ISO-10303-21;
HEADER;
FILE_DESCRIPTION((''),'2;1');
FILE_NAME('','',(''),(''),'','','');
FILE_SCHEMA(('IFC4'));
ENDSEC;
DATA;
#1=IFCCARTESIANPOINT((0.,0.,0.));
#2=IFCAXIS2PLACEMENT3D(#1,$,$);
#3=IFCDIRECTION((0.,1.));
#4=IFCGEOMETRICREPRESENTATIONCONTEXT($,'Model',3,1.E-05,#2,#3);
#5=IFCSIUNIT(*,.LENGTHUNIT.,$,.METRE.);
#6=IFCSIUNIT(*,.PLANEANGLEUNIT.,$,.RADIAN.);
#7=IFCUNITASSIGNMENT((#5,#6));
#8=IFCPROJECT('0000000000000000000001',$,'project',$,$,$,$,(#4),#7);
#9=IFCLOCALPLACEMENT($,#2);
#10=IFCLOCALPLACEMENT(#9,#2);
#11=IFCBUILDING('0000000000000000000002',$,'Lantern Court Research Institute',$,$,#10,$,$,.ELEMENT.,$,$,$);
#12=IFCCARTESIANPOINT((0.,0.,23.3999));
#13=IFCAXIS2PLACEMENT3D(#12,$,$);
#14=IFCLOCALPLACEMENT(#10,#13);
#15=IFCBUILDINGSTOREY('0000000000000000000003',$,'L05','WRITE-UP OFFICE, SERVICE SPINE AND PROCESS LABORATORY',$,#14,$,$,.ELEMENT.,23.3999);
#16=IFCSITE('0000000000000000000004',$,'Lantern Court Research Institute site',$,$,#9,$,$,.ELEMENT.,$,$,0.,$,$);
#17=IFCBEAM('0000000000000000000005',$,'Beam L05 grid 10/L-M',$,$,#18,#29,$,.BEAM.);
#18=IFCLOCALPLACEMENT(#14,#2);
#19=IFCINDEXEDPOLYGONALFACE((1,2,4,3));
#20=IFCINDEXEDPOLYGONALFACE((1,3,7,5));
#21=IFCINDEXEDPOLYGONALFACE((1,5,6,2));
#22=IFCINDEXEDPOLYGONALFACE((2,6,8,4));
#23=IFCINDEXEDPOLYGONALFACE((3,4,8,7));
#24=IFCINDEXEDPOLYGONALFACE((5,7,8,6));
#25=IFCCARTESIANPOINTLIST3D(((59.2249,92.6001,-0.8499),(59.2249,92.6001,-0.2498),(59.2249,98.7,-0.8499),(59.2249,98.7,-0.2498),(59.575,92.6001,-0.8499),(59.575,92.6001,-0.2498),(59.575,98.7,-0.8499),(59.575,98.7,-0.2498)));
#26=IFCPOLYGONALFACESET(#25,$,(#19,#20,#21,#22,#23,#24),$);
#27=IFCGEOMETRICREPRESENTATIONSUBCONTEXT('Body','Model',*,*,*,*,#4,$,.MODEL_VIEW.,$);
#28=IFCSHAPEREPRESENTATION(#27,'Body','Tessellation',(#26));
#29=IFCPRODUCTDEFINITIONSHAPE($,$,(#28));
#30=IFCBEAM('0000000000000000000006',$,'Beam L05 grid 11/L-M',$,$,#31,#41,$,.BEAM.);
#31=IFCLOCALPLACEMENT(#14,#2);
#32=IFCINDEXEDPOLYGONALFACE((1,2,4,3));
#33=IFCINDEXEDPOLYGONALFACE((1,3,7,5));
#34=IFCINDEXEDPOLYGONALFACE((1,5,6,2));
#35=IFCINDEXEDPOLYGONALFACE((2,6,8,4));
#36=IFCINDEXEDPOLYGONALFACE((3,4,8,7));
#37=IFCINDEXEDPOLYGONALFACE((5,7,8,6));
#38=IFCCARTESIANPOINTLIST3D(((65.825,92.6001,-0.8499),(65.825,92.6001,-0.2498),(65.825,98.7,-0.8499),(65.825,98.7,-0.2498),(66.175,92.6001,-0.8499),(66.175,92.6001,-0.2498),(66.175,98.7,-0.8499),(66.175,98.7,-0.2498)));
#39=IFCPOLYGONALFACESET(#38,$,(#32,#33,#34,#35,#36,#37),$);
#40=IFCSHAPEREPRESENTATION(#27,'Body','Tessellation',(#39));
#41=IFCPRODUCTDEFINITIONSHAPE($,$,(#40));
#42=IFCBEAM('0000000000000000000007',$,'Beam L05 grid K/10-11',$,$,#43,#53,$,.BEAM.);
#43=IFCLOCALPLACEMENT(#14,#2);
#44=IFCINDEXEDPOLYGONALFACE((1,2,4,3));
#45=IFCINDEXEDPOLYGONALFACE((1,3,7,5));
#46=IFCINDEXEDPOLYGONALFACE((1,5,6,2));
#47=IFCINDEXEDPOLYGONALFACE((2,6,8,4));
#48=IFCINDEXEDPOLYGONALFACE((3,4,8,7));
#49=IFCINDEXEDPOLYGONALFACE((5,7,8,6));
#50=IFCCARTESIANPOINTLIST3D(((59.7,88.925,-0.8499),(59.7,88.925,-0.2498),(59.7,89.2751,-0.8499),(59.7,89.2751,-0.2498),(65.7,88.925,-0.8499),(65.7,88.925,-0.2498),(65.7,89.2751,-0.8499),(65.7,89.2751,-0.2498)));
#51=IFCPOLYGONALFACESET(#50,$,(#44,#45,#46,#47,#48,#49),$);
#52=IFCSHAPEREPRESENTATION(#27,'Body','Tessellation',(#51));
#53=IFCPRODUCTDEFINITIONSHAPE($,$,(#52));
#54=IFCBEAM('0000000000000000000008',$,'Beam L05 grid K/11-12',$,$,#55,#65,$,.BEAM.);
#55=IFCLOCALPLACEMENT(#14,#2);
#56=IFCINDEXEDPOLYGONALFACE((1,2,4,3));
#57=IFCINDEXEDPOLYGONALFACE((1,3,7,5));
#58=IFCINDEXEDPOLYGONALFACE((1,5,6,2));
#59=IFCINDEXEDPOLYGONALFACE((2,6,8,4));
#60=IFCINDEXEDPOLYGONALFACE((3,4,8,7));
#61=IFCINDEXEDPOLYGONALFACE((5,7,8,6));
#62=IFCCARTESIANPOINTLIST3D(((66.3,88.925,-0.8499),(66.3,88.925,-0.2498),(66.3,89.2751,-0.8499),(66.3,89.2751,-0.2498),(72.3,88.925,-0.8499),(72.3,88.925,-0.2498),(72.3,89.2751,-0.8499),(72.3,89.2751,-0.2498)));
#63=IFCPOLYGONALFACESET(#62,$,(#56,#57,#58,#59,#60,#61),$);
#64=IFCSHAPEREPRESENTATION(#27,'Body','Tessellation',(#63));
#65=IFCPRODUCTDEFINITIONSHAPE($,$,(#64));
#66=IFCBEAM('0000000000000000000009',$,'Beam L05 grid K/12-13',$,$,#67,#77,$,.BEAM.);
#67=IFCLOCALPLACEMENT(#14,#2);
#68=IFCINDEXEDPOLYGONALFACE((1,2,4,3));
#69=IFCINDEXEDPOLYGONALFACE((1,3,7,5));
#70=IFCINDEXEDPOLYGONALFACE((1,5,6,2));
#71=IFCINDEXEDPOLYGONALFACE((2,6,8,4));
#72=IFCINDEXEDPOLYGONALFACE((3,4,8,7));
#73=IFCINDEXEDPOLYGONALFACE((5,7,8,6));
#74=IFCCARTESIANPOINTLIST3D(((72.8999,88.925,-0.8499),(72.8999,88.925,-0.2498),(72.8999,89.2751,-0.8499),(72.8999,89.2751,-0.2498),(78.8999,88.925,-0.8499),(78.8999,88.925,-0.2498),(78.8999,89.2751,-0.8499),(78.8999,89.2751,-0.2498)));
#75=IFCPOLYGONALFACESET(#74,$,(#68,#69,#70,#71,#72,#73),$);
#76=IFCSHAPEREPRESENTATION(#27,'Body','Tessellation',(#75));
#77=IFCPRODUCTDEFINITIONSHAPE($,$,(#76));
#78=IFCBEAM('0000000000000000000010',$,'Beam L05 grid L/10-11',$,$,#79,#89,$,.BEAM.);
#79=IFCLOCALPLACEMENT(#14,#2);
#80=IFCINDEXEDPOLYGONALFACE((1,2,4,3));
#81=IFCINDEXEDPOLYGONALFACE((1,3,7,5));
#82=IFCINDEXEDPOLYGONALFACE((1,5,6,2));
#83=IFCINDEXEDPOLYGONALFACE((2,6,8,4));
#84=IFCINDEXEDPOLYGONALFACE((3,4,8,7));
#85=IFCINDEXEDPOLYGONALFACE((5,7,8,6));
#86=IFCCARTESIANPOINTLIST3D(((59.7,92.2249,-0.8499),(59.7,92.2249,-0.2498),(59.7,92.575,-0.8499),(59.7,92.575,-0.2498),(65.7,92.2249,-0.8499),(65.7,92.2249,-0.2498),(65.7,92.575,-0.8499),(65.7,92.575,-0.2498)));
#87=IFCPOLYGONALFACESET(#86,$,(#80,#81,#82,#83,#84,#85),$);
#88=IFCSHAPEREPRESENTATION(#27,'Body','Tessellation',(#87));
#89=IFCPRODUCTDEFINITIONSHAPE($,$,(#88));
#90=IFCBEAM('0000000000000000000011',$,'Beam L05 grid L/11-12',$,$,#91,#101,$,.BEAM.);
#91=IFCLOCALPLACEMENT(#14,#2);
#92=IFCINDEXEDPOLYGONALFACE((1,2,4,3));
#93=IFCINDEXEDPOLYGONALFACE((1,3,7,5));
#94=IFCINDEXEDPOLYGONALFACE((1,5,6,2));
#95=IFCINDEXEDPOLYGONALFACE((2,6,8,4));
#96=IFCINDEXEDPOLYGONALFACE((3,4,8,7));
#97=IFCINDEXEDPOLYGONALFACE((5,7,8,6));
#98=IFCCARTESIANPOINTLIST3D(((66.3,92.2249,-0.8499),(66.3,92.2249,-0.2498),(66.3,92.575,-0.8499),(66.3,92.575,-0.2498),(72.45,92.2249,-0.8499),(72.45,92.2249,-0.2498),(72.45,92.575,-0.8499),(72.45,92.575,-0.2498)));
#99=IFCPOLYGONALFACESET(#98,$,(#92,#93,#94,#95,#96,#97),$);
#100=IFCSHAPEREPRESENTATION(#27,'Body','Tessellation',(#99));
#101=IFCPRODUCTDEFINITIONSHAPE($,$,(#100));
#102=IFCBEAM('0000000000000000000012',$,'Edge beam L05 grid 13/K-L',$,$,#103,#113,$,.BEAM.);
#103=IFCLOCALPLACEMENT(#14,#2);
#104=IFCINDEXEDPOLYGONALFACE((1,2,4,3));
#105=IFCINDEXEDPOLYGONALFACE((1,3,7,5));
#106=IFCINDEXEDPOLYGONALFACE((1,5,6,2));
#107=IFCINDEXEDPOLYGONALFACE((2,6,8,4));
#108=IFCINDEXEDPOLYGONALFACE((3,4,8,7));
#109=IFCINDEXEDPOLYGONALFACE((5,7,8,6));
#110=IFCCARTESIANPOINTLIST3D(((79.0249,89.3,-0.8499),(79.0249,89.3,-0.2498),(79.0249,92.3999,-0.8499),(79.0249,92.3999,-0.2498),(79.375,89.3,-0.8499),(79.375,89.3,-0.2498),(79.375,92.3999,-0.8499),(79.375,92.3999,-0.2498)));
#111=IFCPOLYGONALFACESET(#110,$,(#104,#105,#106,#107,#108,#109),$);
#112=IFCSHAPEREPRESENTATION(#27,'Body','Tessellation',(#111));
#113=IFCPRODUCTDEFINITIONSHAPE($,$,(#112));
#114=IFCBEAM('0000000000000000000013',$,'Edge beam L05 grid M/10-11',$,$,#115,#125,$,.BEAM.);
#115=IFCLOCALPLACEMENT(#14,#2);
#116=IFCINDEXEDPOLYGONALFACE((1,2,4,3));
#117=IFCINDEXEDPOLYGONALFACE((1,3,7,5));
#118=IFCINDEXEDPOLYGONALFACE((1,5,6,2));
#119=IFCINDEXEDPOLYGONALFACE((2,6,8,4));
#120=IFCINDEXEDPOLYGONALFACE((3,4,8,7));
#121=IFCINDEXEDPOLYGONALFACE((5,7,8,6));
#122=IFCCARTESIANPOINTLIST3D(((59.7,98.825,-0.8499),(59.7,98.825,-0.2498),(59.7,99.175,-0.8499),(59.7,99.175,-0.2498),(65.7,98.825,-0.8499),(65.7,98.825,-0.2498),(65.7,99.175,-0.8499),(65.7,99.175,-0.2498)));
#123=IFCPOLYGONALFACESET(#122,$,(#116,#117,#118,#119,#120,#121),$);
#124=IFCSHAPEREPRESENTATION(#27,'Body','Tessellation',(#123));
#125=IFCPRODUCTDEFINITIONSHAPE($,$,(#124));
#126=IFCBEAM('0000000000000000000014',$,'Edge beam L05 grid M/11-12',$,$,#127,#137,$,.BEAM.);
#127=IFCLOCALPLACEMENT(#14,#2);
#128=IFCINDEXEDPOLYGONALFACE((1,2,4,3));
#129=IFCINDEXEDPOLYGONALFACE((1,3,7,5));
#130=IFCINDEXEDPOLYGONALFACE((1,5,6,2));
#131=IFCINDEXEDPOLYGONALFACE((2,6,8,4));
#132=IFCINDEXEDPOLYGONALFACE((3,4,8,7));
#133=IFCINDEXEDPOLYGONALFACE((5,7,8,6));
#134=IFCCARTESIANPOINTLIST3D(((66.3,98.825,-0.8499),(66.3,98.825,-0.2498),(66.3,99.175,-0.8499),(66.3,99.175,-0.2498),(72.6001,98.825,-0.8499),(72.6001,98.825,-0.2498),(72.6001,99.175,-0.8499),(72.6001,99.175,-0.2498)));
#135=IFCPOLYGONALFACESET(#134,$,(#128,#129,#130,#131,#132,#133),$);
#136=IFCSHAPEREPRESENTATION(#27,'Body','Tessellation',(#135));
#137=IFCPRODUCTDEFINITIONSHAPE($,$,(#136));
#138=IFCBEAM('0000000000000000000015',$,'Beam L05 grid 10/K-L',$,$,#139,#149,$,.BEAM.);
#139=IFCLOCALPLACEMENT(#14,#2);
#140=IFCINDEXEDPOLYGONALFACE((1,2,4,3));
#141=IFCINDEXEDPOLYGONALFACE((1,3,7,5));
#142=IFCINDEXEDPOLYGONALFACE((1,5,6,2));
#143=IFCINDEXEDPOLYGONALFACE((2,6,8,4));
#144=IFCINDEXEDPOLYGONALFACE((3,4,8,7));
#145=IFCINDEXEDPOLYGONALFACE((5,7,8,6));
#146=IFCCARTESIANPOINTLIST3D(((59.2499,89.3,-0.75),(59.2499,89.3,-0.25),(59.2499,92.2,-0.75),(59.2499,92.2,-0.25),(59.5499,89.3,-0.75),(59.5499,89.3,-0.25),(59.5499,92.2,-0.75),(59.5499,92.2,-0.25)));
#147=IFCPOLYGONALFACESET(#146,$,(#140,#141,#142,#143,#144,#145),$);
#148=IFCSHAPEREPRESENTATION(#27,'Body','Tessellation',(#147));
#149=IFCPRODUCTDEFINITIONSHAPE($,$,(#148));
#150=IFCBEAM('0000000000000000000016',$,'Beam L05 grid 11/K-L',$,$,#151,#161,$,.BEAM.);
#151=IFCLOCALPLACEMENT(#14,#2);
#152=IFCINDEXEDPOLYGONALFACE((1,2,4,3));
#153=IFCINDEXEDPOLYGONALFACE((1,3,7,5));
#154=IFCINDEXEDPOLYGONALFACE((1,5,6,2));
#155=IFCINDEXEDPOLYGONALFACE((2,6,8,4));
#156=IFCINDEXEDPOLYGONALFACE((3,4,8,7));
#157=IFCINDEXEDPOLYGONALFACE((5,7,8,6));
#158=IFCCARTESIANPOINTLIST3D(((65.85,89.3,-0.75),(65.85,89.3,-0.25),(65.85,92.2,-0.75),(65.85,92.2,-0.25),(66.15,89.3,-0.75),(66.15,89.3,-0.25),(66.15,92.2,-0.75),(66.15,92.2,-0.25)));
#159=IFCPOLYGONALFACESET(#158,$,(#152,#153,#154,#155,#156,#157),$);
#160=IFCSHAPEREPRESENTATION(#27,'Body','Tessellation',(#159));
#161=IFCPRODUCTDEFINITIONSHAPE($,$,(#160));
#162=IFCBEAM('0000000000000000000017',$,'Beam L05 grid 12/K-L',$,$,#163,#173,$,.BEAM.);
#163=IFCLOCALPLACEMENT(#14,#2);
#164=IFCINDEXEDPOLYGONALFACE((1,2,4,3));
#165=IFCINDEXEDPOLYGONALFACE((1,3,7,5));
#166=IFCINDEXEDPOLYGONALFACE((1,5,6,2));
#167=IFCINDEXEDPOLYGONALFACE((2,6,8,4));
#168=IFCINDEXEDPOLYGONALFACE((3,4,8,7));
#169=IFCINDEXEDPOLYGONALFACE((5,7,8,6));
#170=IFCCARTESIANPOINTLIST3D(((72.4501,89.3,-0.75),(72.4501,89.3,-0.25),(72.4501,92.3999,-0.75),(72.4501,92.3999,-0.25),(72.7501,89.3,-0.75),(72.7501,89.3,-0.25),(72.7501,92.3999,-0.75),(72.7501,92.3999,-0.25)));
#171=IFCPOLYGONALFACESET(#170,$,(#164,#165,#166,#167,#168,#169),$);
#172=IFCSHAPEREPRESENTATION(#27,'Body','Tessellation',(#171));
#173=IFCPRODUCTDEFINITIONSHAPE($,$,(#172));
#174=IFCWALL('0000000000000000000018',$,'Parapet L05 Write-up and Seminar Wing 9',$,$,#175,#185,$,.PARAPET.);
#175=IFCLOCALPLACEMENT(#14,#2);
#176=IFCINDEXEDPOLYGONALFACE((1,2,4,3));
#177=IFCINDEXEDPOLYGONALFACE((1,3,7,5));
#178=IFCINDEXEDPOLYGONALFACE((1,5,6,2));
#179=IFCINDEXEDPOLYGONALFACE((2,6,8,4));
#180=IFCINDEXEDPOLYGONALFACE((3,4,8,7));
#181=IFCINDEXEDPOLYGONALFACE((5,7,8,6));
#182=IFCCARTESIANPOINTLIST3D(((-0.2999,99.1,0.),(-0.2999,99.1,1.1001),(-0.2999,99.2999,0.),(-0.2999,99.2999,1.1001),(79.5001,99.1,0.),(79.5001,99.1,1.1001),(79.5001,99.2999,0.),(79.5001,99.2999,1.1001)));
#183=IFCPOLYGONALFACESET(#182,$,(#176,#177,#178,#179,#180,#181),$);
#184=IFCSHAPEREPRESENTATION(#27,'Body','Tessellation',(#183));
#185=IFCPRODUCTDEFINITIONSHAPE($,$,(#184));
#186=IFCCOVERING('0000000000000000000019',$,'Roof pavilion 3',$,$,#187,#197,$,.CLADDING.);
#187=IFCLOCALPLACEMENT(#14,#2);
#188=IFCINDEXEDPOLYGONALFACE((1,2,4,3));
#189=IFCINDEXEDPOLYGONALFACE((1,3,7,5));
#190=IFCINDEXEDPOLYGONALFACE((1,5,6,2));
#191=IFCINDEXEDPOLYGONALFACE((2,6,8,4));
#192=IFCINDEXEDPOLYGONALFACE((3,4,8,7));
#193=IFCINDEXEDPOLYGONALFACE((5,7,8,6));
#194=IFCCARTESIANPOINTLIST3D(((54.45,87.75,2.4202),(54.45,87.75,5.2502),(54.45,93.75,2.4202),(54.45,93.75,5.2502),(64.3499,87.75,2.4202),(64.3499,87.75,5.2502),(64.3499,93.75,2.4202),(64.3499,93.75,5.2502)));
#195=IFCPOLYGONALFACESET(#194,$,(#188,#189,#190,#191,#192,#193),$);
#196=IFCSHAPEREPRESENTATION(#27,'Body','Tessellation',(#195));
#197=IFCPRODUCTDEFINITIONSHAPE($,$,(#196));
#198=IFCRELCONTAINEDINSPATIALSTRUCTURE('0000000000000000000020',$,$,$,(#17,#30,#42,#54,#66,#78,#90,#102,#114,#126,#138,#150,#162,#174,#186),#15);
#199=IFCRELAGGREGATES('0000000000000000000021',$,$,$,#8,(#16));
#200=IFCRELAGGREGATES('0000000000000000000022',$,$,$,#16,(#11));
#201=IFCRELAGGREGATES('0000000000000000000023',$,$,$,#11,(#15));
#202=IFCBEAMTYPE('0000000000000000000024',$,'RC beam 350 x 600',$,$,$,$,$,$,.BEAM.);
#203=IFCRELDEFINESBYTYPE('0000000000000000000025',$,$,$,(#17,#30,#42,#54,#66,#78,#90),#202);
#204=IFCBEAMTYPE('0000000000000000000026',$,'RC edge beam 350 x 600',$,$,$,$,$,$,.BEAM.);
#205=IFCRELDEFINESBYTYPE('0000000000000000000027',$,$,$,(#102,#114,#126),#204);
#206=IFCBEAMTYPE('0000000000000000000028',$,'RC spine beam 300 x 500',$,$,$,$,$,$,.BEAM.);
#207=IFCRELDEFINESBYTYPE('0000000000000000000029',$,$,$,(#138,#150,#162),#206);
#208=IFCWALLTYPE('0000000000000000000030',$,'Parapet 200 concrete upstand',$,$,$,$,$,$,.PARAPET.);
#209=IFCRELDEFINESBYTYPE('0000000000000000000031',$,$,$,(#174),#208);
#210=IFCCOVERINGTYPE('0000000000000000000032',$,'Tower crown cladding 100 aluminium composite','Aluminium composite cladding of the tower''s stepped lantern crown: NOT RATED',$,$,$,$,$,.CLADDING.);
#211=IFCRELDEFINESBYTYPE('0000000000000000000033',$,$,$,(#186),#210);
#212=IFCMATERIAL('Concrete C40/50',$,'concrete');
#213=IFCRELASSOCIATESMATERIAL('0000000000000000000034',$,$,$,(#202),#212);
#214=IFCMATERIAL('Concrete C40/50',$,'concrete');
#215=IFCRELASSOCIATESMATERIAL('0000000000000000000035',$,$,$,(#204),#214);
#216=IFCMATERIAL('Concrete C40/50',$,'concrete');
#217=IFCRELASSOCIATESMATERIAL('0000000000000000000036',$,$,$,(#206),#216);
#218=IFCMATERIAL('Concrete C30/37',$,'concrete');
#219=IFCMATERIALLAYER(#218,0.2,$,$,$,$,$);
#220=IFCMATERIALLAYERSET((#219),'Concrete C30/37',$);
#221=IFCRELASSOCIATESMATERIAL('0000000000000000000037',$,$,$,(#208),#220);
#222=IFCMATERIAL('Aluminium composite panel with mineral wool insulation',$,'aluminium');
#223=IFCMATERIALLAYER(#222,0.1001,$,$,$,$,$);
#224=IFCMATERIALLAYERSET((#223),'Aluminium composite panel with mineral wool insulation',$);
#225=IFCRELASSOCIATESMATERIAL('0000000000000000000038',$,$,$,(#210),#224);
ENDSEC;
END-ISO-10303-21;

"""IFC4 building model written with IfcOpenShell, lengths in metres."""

from ifc_helpers import new_model, si_unit, direction, frame, frame_2d, origin, origin_2d, place, context, subcontext, project, spatial, rectangle, extrude, material, layer, layer_set, material_profile, profile_set, type_object, element, save


model = new_model("IFC4")

# Units and contexts
model_context = context("Model", 3, precision=1e-05, world=origin(), true_north=direction((0.0, 1.0)))
body_context = subcontext(model_context, "Body", "Model", "MODEL_VIEW")
ifc_project = project(units=[si_unit("LENGTHUNIT", "METRE"), si_unit("PLANEANGLEUNIT", "RADIAN")], contexts=[model_context])

# Site, building, storey
site_placement = place(None, origin())
site = spatial("IfcSite", under=ifc_project, at=site_placement, Name="Lantern Court Research Institute site", CompositionType="ELEMENT", RefElevation=0.0)
building_placement = place(site_placement, origin())
building = spatial("IfcBuilding", under=site, at=building_placement, Name="Lantern Court Research Institute", CompositionType="ELEMENT")
storey_placement = place(building_placement, frame((0.0, 0.0, 23.3999)))
storey = spatial("IfcBuildingStorey", under=building, at=storey_placement, Name="L05", Description="WRITE-UP OFFICE, SERVICE SPINE AND PROCESS LABORATORY", CompositionType="ELEMENT", Elevation=23.3999)

# Beams
ifc_material_1 = material(Name="Concrete C40/50", Category="concrete")
ifc_material_profile_1 = material_profile(ifc_material_1, rectangle(XDim=0.3501, YDim=0.6001, at=origin_2d()), Name="RC beam 350 x 600")
ifc_profile_set_1 = profile_set([ifc_material_profile_1], Name="Concrete C40/50")
beam_type_1 = type_object("IfcBeamType", Name="RC beam 350 x 600", PredefinedType="BEAM", material=ifc_profile_set_1)
for number, where, z_axis, x_axis, name in (
    (1, (59.3999, 92.6001, -0.5498), (0.0, 1.0, 0.0), (-1.0, 0.0, 0.0), "Beam L05 grid 10/L-M"),
    (2, (66.0, 92.6001, -0.5498), (0.0, 1.0, 0.0), (-1.0, 0.0, 0.0), "Beam L05 grid 11/L-M"),
):
    element("IfcBeam", number, at=place(storey_placement, frame(where, z_axis=z_axis, x_axis=x_axis)), inside=storey, type_object=beam_type_1, Name=name, PredefinedType="BEAM", context=body_context, shape_type="SweptSolid", body=[
        extrude(rectangle(XDim=0.3501, YDim=0.6001, at=origin_2d()), origin(), (0.0, 0.0, 1.0), 6.0999),
    ])
for number, where, z_axis, x_axis, name in (
    (3, (59.7, 89.1001, -0.5498), (1.0, 0.0, 0.0), (0.0, 1.0, 0.0), "Beam L05 grid K/10-11"),
    (4, (66.3, 89.1001, -0.5498), (1.0, 0.0, 0.0), (0.0, 1.0, 0.0), "Beam L05 grid K/11-12"),
    (5, (72.8999, 89.1001, -0.5498), (1.0, 0.0, 0.0), (0.0, 1.0, 0.0), "Beam L05 grid K/12-13"),
    (6, (59.7, 92.3999, -0.5498), (1.0, 0.0, 0.0), (0.0, 1.0, 0.0), "Beam L05 grid L/10-11"),
):
    element("IfcBeam", number, at=place(storey_placement, frame(where, z_axis=z_axis, x_axis=x_axis)), inside=storey, type_object=beam_type_1, Name=name, PredefinedType="BEAM", context=body_context, shape_type="SweptSolid", body=[
        extrude(rectangle(XDim=0.3501, YDim=0.6001, at=origin_2d()), origin(), (0.0, 0.0, 1.0), 6.0),
    ])
beam_1_placement = place(storey_placement, frame((66.3, 92.3999, -0.5498), z_axis=(1.0, 0.0, 0.0), x_axis=(0.0, 1.0, 0.0)))
element("IfcBeam", 7, at=beam_1_placement, inside=storey, type_object=beam_type_1, Name="Beam L05 grid L/11-12", PredefinedType="BEAM", context=body_context, shape_type="SweptSolid", body=[
    extrude(rectangle(XDim=0.3501, YDim=0.6001, at=origin_2d()), origin(), (0.0, 0.0, 1.0), 6.1499),
])
ifc_material_2 = material(Name="Concrete C40/50", Category="concrete")
ifc_material_profile_2 = material_profile(ifc_material_2, rectangle(XDim=0.3501, YDim=0.6001, at=origin_2d()), Name="RC beam 350 x 600")
ifc_profile_set_2 = profile_set([ifc_material_profile_2], Name="Concrete C40/50")
beam_type_2 = type_object("IfcBeamType", Name="RC edge beam 350 x 600", PredefinedType="BEAM", material=ifc_profile_set_2)
beam_2_placement = place(storey_placement, frame((79.2, 89.3, -0.5498), z_axis=(0.0, 1.0, 0.0), x_axis=(-1.0, 0.0, 0.0)))
element("IfcBeam", 8, at=beam_2_placement, inside=storey, type_object=beam_type_2, Name="Edge beam L05 grid 13/K-L", PredefinedType="BEAM", context=body_context, shape_type="SweptSolid", body=[
    extrude(rectangle(XDim=0.3501, YDim=0.6001, at=origin_2d()), origin(), (0.0, 0.0, 1.0), 3.0999),
])
beam_3_placement = place(storey_placement, frame((59.7, 99.0, -0.5498), z_axis=(1.0, 0.0, 0.0), x_axis=(0.0, 1.0, 0.0)))
element("IfcBeam", 9, at=beam_3_placement, inside=storey, type_object=beam_type_2, Name="Edge beam L05 grid M/10-11", PredefinedType="BEAM", context=body_context, shape_type="SweptSolid", body=[
    extrude(rectangle(XDim=0.3501, YDim=0.6001, at=origin_2d()), origin(), (0.0, 0.0, 1.0), 6.0),
])
beam_4_placement = place(storey_placement, frame((66.3, 99.0, -0.5498), z_axis=(1.0, 0.0, 0.0), x_axis=(0.0, 1.0, 0.0)))
element("IfcBeam", 10, at=beam_4_placement, inside=storey, type_object=beam_type_2, Name="Edge beam L05 grid M/11-12", PredefinedType="BEAM", context=body_context, shape_type="SweptSolid", body=[
    extrude(rectangle(XDim=0.3501, YDim=0.6001, at=origin_2d()), origin(), (0.0, 0.0, 1.0), 6.3),
])
ifc_material_3 = material(Name="Concrete C40/50", Category="concrete")
ifc_material_profile_3 = material_profile(ifc_material_3, rectangle(XDim=0.3, YDim=0.5, at=origin_2d()), Name="RC beam 300 x 500")
ifc_profile_set_3 = profile_set([ifc_material_profile_3], Name="Concrete C40/50")
beam_type_3 = type_object("IfcBeamType", Name="RC spine beam 300 x 500", PredefinedType="BEAM", material=ifc_profile_set_3)
for number, where, z_axis, x_axis, name in (
    (11, (59.3999, 89.3, -0.5), (0.0, 1.0, 0.0), (-1.0, 0.0, 0.0), "Beam L05 grid 10/K-L"),
    (12, (66.0, 89.3, -0.5), (0.0, 1.0, 0.0), (-1.0, 0.0, 0.0), "Beam L05 grid 11/K-L"),
):
    element("IfcBeam", number, at=place(storey_placement, frame(where, z_axis=z_axis, x_axis=x_axis)), inside=storey, type_object=beam_type_3, Name=name, PredefinedType="BEAM", context=body_context, shape_type="SweptSolid", body=[
        extrude(rectangle(XDim=0.3, YDim=0.5, at=origin_2d()), origin(), (0.0, 0.0, 1.0), 2.8999),
    ])
beam_5_placement = place(storey_placement, frame((72.6001, 89.3, -0.5), z_axis=(0.0, 1.0, 0.0), x_axis=(-1.0, 0.0, 0.0)))
element("IfcBeam", 13, at=beam_5_placement, inside=storey, type_object=beam_type_3, Name="Beam L05 grid 12/K-L", PredefinedType="BEAM", context=body_context, shape_type="SweptSolid", body=[
    extrude(rectangle(XDim=0.3, YDim=0.5, at=origin_2d()), origin(), (0.0, 0.0, 1.0), 3.0999),
])

# Wall
ifc_material_4 = material(Name="Concrete C30/37", Category="concrete")
ifc_layer_1 = layer(ifc_material_4, 0.2)
ifc_layer_set_1 = layer_set([ifc_layer_1], Name="Concrete C30/37")
wall_type = type_object("IfcWallType", Name="Parapet 200 concrete upstand", PredefinedType="PARAPET", material=ifc_layer_set_1)
wall_placement = place(storey_placement, frame((79.5, 99.2, 0.0), z_axis=(0.0, 0.0, 1.0), x_axis=(-1.0, 0.0, 0.0)))
element("IfcWall", 14, at=wall_placement, inside=storey, type_object=wall_type, Name="Parapet L05 Write-up and Seminar Wing 9", PredefinedType="PARAPET", context=body_context, shape_type="SweptSolid", body=[
    extrude(rectangle(XDim=79.8, YDim=0.2, at=frame_2d((39.8999, 0.0))), origin(), (0.0, 0.0, 1.0), 1.1001),
])

# Covering
ifc_material_5 = material(Name="Aluminium composite panel with mineral wool insulation", Category="aluminium")
ifc_layer_2 = layer(ifc_material_5, 0.1001)
ifc_layer_set_2 = layer_set([ifc_layer_2], Name="Aluminium composite panel with mineral wool insulation")
covering_type_1 = type_object("IfcCoveringType", Name="Tower crown cladding 100 aluminium composite", Description="Aluminium composite cladding of the tower's stepped lantern crown: NOT RATED", PredefinedType="CLADDING", material=ifc_layer_set_2)
covering_1_placement = place(storey_placement, frame((59.3999, 90.75, 2.4202), z_axis=(0.0, 0.0, 1.0), x_axis=(1.0, 0.0, 0.0)))
element("IfcCovering", 15, at=covering_1_placement, inside=storey, type_object=covering_type_1, Name="Roof pavilion 3", PredefinedType="CLADDING", context=body_context, shape_type="SweptSolid", body=[
    extrude(rectangle(XDim=9.8999, YDim=6.0, at=origin_2d()), origin(), (0.0, 0.0, 1.0), 2.8301),
])

save(model, "model.ifc")
